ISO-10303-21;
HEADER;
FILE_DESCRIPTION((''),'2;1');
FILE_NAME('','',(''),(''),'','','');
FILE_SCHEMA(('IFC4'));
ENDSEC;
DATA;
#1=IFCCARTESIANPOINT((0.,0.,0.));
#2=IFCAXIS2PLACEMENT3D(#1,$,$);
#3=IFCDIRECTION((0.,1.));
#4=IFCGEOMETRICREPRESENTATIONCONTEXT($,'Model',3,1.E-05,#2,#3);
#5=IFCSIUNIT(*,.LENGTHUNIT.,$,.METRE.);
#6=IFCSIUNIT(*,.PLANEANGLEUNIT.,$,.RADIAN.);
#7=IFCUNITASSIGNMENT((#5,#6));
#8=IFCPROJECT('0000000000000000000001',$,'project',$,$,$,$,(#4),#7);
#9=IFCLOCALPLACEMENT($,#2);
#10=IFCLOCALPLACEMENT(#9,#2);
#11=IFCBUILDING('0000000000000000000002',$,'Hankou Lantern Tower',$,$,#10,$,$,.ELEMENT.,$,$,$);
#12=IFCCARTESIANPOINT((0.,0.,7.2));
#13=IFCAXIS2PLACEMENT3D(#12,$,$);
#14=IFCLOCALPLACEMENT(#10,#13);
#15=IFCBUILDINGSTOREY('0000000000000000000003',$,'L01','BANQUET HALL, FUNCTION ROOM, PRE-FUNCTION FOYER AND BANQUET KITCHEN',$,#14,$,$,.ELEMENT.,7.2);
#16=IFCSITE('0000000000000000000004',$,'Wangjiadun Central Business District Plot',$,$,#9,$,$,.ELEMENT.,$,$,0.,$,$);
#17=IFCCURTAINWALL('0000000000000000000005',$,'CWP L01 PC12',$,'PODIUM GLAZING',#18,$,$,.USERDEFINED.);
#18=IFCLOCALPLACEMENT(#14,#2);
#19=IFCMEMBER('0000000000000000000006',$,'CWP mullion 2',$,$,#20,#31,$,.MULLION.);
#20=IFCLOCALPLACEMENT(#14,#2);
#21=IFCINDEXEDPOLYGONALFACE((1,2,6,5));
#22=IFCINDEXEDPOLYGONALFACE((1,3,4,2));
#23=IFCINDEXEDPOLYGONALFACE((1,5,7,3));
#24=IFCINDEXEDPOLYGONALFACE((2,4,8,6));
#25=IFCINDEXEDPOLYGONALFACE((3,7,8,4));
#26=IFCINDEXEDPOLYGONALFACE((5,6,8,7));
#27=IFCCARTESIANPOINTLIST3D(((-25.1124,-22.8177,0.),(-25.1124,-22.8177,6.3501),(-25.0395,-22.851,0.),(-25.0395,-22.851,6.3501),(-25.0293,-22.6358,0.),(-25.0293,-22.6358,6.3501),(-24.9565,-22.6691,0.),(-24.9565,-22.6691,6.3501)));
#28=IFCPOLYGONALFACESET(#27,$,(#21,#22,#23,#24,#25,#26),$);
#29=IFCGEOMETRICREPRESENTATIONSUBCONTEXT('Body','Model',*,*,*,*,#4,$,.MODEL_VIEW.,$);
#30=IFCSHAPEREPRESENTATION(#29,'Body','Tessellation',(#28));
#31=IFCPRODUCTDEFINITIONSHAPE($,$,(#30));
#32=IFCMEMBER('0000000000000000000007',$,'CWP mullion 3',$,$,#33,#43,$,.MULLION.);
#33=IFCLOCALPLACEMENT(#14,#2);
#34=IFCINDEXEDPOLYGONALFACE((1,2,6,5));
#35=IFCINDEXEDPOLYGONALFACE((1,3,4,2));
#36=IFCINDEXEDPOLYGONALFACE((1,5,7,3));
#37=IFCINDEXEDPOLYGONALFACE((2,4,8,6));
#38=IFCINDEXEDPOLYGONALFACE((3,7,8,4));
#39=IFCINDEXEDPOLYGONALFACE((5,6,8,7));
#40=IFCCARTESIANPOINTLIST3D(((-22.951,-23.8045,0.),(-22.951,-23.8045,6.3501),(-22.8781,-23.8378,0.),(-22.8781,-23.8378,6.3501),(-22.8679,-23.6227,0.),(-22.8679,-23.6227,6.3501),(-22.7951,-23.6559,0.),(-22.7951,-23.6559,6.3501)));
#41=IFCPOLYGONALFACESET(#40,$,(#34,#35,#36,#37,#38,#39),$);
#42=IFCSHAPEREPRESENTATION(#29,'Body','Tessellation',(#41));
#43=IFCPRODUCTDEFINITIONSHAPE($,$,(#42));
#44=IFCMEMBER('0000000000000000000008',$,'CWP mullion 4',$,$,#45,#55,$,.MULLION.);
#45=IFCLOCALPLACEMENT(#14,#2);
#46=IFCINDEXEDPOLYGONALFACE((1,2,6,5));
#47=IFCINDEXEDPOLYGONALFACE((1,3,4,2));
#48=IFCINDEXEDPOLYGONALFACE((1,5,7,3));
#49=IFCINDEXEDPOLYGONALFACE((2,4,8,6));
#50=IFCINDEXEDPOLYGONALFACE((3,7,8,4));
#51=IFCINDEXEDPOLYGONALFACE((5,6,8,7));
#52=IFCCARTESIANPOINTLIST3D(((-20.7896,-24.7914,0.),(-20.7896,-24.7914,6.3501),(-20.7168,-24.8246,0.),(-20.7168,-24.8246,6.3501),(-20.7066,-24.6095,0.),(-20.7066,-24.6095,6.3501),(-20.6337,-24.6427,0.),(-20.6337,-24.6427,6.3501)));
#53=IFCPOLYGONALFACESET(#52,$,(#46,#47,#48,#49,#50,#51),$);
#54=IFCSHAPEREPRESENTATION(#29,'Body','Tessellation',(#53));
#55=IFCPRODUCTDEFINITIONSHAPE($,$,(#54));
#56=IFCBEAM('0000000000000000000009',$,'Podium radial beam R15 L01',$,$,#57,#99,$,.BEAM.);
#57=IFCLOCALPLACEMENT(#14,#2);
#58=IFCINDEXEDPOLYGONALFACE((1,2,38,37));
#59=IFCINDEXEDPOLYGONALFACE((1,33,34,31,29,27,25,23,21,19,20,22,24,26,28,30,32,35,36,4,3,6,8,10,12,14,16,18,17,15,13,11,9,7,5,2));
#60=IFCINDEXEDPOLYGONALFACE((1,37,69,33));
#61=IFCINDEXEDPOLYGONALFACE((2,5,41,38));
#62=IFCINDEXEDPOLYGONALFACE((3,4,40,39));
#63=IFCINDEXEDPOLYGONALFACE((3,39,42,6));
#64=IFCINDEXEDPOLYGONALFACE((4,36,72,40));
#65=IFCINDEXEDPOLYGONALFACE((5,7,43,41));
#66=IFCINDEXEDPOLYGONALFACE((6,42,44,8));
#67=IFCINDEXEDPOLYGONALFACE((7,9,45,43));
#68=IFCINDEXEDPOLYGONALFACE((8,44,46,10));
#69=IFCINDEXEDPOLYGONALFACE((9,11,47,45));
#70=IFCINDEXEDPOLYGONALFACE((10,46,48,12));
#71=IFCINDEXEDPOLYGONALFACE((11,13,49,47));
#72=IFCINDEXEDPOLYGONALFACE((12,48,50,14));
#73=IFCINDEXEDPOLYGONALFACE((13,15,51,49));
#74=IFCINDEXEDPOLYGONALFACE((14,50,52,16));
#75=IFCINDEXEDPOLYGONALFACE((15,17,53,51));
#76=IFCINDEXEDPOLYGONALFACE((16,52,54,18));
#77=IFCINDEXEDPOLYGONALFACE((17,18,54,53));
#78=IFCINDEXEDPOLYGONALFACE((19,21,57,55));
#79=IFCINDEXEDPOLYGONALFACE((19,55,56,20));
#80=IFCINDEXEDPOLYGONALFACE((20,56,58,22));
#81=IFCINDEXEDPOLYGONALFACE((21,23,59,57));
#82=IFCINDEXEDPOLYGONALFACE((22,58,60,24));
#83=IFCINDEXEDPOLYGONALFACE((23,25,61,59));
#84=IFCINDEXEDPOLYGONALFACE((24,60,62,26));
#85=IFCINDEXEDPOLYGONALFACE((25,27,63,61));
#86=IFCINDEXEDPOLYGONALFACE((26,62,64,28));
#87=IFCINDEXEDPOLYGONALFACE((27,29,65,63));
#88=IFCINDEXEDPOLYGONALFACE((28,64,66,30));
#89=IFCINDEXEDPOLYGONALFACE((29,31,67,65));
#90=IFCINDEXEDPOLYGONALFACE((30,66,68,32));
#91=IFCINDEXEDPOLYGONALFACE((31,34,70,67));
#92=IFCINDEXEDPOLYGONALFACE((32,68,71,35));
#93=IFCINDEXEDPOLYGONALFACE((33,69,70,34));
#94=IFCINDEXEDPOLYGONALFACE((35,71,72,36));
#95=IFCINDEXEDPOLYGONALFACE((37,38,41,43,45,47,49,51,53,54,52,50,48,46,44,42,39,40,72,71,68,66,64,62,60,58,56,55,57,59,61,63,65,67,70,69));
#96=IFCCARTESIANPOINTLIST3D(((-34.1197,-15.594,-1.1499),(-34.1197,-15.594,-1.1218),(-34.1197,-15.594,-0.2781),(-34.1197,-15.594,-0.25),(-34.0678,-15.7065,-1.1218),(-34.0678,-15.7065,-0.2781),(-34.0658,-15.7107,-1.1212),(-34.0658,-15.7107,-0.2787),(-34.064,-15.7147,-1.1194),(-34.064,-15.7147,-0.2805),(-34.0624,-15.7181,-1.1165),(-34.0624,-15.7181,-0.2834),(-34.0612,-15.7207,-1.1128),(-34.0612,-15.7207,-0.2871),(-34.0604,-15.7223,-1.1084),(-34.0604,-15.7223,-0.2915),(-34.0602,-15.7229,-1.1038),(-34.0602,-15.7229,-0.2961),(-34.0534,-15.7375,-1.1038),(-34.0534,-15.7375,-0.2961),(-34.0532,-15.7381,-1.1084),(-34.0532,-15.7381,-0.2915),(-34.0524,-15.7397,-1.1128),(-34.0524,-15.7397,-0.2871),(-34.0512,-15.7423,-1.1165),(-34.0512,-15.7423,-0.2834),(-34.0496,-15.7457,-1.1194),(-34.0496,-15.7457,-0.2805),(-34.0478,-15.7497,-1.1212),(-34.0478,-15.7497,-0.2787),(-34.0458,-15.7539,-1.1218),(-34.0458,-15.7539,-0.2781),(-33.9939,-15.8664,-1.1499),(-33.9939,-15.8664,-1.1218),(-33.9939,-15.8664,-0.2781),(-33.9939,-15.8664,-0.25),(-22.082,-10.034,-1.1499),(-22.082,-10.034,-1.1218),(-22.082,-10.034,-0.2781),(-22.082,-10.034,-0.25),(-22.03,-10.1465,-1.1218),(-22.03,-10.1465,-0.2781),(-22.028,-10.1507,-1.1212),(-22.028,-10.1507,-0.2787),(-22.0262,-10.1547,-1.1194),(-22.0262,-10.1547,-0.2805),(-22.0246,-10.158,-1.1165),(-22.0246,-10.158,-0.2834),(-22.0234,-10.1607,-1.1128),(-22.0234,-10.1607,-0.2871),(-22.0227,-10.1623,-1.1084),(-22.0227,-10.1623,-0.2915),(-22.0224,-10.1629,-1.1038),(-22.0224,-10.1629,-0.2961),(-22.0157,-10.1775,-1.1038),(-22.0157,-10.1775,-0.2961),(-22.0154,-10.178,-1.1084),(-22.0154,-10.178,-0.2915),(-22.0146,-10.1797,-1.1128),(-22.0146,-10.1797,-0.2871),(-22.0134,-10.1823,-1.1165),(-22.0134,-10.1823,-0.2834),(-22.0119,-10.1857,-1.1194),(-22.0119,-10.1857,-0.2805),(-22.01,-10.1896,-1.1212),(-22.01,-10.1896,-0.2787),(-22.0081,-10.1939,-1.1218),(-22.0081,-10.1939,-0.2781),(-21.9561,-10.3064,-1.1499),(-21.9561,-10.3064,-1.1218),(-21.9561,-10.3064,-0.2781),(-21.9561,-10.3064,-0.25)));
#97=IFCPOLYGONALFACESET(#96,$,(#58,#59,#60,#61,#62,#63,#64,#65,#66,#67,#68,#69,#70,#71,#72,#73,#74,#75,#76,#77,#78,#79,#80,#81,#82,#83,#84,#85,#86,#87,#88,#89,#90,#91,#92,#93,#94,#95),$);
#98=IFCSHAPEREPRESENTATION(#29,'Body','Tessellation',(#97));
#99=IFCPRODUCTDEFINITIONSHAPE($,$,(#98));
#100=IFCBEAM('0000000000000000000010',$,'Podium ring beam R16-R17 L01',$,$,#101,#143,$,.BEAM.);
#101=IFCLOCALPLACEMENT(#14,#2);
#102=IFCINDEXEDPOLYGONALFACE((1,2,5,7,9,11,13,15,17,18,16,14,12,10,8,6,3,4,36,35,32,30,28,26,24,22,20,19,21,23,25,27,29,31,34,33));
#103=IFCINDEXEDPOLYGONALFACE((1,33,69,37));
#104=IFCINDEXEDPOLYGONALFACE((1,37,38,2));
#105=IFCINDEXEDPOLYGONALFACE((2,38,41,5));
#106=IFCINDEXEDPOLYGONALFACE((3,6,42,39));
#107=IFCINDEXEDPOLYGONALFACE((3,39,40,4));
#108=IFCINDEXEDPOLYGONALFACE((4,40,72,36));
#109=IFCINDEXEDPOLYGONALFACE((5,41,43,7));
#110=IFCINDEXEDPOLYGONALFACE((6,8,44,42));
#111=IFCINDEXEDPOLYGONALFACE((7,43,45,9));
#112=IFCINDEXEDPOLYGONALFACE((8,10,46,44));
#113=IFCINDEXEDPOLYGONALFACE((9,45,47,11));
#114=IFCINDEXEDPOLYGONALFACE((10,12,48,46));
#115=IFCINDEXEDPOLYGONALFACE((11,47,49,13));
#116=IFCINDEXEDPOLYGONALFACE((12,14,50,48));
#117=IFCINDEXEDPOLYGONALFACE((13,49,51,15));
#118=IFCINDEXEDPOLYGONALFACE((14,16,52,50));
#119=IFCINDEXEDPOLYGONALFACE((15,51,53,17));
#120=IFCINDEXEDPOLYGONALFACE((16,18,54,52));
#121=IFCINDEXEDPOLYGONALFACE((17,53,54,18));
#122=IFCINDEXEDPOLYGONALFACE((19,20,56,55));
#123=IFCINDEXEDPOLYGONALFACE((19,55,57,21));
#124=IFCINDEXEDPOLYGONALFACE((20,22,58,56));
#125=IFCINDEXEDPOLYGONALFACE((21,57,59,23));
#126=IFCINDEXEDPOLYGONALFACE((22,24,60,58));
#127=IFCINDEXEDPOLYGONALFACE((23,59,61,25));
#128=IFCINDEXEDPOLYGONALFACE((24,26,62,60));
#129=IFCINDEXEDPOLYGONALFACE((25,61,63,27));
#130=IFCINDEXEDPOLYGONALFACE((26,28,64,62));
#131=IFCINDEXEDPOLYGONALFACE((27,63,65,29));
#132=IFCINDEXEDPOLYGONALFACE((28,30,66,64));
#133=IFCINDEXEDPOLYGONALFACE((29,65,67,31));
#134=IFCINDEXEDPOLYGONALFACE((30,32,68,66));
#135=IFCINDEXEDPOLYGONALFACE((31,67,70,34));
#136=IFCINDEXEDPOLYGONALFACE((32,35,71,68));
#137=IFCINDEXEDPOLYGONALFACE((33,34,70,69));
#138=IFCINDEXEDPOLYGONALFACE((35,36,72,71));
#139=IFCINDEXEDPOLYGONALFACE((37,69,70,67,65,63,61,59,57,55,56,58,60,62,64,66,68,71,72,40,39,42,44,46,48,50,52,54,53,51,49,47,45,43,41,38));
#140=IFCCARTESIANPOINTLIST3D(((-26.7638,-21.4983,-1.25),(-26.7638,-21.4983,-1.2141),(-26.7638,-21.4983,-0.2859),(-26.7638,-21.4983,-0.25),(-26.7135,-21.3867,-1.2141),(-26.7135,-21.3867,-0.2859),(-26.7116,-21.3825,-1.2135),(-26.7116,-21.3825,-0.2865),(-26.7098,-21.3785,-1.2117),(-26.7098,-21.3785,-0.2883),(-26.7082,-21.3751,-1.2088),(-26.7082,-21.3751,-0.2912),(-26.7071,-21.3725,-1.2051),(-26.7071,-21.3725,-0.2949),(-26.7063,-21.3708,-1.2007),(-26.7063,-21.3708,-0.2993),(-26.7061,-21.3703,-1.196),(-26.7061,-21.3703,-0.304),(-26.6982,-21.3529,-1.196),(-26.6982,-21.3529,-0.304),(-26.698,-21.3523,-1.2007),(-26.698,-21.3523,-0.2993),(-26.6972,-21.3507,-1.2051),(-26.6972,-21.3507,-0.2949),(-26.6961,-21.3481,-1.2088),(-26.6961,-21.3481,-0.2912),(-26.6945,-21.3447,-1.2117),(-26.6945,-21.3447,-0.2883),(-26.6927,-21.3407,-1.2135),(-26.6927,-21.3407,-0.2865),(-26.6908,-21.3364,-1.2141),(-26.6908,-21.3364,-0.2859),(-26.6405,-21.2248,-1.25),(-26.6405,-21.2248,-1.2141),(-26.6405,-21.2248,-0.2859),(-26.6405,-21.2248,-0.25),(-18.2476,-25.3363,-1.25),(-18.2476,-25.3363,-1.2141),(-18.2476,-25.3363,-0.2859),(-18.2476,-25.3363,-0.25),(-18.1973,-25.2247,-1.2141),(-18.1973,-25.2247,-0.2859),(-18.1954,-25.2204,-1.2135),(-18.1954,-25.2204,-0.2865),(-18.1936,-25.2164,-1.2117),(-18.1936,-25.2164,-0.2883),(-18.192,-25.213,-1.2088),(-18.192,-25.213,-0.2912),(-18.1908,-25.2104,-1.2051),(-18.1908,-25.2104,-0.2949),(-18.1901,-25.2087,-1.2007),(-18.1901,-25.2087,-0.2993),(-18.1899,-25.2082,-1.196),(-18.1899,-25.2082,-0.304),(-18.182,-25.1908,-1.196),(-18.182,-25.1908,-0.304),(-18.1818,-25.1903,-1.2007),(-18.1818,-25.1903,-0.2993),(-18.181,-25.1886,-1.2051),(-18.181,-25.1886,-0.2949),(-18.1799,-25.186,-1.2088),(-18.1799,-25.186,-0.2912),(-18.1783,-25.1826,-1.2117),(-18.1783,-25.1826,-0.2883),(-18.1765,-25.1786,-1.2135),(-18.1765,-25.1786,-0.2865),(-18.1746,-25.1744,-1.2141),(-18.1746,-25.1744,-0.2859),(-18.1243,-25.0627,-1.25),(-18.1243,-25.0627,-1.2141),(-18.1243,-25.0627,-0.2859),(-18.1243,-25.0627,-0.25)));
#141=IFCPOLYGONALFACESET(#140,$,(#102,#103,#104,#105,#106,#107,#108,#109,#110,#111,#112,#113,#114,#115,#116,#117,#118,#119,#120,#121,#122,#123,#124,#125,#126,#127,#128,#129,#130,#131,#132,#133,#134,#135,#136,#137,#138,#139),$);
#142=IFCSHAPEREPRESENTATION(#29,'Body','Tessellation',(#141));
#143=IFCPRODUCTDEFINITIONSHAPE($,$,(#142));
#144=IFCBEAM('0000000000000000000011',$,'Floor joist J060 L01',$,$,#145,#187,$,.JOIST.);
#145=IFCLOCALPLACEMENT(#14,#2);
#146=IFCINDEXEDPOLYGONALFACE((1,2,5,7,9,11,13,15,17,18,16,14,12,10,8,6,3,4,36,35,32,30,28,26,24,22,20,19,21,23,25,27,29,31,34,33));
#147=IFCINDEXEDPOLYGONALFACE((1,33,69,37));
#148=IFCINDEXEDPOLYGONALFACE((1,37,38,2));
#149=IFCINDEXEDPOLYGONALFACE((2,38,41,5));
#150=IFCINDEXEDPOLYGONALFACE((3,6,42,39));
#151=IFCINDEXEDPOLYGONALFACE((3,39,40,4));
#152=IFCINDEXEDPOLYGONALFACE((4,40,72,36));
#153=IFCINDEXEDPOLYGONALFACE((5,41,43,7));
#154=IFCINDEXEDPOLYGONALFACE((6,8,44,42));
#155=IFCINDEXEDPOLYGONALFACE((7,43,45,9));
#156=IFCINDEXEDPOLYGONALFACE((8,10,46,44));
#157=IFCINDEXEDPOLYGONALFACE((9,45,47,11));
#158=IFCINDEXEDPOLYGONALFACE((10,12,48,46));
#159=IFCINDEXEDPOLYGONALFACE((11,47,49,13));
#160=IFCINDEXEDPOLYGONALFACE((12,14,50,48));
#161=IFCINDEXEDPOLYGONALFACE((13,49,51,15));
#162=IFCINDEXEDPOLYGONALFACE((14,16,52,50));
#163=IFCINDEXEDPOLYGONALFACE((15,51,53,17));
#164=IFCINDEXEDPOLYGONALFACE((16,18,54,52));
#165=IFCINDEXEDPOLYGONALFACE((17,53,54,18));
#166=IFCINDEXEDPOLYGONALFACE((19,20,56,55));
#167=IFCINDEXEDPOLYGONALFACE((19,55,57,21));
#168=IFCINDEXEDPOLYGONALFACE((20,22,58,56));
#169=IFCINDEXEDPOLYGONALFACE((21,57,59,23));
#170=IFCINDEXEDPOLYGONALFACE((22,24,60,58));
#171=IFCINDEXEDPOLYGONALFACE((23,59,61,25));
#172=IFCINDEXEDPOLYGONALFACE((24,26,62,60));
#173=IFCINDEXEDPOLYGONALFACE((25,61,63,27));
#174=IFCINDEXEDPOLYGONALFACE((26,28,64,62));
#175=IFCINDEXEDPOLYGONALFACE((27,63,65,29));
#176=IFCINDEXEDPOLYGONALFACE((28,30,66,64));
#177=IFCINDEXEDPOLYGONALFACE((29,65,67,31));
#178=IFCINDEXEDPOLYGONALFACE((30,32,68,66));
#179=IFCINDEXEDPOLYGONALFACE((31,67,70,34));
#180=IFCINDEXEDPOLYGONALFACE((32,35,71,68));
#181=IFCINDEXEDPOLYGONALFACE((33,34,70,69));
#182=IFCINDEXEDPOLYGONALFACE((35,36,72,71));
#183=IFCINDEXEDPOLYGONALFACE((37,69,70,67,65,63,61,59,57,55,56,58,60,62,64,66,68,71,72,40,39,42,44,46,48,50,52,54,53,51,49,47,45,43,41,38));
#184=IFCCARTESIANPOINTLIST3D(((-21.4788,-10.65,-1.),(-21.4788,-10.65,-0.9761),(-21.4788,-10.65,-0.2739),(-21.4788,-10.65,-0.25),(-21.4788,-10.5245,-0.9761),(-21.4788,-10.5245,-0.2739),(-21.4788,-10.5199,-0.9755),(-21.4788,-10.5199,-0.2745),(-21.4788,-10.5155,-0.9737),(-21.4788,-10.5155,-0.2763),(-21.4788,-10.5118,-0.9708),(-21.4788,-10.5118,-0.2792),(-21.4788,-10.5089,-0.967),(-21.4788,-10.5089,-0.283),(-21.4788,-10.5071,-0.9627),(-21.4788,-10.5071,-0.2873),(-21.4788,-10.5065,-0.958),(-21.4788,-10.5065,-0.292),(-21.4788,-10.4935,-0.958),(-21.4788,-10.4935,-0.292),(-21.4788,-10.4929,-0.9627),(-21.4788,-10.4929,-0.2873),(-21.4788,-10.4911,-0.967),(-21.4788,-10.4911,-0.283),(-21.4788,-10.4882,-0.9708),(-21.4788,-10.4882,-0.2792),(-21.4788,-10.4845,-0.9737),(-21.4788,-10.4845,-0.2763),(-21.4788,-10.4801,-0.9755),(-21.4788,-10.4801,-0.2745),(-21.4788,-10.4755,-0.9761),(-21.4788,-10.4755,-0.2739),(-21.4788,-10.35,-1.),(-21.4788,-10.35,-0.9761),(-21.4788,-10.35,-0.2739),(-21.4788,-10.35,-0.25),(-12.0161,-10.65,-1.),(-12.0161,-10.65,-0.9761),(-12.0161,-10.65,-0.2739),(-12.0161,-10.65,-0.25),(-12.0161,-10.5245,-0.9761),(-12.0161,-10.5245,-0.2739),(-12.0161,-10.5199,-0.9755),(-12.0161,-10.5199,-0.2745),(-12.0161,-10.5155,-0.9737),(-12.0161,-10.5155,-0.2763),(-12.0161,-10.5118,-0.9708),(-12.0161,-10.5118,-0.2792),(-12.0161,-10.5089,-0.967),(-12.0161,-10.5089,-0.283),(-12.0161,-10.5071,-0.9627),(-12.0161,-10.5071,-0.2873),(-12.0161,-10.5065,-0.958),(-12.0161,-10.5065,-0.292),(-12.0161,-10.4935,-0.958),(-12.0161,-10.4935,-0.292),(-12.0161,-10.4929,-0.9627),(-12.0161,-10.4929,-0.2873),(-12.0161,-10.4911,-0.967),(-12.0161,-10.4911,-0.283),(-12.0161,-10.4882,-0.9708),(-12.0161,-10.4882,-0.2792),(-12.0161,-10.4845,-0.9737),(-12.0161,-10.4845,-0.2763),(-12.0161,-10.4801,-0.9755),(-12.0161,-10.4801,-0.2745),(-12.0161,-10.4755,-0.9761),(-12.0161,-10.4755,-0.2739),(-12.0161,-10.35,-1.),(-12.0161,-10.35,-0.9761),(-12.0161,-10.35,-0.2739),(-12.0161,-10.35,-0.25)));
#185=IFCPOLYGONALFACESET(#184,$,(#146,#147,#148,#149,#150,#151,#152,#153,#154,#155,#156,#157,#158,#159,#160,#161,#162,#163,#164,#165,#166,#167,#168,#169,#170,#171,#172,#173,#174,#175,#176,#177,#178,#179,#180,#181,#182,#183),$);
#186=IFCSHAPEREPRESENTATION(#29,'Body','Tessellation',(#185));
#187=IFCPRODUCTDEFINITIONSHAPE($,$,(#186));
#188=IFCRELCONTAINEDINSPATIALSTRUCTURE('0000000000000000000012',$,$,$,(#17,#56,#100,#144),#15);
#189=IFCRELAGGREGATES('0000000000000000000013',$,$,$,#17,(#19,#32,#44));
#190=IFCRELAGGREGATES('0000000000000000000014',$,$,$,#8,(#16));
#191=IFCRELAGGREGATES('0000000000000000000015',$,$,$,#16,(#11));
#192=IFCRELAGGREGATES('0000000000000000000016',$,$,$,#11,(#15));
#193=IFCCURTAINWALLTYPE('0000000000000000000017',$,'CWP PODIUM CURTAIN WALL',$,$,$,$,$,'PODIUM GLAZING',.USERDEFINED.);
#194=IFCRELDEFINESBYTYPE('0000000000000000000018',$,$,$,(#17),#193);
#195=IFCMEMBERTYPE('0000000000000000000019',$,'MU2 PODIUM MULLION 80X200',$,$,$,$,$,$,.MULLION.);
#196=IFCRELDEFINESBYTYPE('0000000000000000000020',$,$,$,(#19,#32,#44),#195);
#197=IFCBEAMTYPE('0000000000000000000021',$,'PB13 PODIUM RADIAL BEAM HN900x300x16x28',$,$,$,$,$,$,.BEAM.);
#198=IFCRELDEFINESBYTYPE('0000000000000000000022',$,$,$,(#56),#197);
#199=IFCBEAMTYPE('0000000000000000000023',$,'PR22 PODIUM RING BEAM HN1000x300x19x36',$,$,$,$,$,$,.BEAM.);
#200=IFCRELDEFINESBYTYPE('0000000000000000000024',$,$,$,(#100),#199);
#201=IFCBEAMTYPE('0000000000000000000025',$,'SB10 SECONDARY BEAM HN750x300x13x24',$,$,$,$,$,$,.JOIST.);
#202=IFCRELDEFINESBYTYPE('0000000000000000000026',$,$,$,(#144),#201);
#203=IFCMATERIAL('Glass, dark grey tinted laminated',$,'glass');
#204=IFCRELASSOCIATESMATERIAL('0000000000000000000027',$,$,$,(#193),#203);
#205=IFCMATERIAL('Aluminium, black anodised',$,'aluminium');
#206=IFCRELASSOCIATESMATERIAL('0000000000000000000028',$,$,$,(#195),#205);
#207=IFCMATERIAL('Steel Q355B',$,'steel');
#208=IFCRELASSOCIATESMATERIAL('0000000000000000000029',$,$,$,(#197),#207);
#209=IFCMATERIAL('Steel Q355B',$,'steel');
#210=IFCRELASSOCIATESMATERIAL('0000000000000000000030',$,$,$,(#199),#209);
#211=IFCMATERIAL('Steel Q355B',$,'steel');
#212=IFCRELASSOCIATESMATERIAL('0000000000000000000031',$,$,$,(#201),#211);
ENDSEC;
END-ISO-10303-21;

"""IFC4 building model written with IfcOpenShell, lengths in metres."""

from ifc_helpers import new_model, si_unit, direction, frame, origin, origin_2d, place, context, subcontext, project, spatial, rectangle, i_section, extrude, material, material_profile, profile_set, type_object, element, aggregate, save


model = new_model("IFC4")

# Units and contexts
model_context = context("Model", 3, precision=1e-05, world=origin(), true_north=direction((0.0, 1.0)))
body_context = subcontext(model_context, "Body", "Model", "MODEL_VIEW")
ifc_project = project(units=[si_unit("LENGTHUNIT", "METRE"), si_unit("PLANEANGLEUNIT", "RADIAN")], contexts=[model_context])

# Site, building, storey
site_placement = place(None, origin())
site = spatial("IfcSite", under=ifc_project, at=site_placement, Name="Wangjiadun Central Business District Plot", CompositionType="ELEMENT", RefElevation=0.0)
building_placement = place(site_placement, origin())
building = spatial("IfcBuilding", under=site, at=building_placement, Name="Hankou Lantern Tower", CompositionType="ELEMENT")
storey_placement = place(building_placement, frame((0.0, 0.0, 7.2)))
storey = spatial("IfcBuildingStorey", under=building, at=storey_placement, Name="L01", Description="BANQUET HALL, FUNCTION ROOM, PRE-FUNCTION FOYER AND BANQUET KITCHEN", CompositionType="ELEMENT", Elevation=7.2)

# Shared definitions
ifc_material_1 = material(Name="Glass, dark grey tinted laminated", Category="glass")
curtain_wall_type = type_object("IfcCurtainWallType", Name="CWP PODIUM CURTAIN WALL", ElementType="PODIUM GLAZING", PredefinedType="USERDEFINED", material=ifc_material_1)
ifc_material_2 = material(Name="Aluminium, black anodised", Category="aluminium")
ifc_material_profile_1 = material_profile(ifc_material_2, rectangle(XDim=0.0801, YDim=0.2, at=origin_2d()), Name="MU2 80X200")
ifc_profile_set_1 = profile_set([ifc_material_profile_1], Name="Aluminium, black anodised")
member_type_1 = type_object("IfcMemberType", Name="MU2 PODIUM MULLION 80X200", PredefinedType="MULLION", material=ifc_profile_set_1)

# Curtain wall, members
curtain_wall_1_placement = place(storey_placement, origin())
curtain_wall_1 = element("IfcCurtainWall", 1, at=curtain_wall_1_placement, inside=storey, type_object=curtain_wall_type, Name="CWP L01 PC12", ObjectType="PODIUM GLAZING", PredefinedType="USERDEFINED")
member_1_placement = place(storey_placement, frame((-25.0344, -22.7434, 0.0), z_axis=(0.0, 0.0, 1.0), x_axis=(0.90967, -0.415332, 0.0)))
member_1 = element("IfcMember", 2, at=member_1_placement, type_object=member_type_1, Name="CWP mullion 2", PredefinedType="MULLION", context=body_context, shape_type="SweptSolid", body=[
    extrude(rectangle(XDim=0.0801, YDim=0.2, at=origin_2d()), origin(), (0.0, 0.0, 1.0), 6.3501),
])
member_2_placement = place(storey_placement, frame((-22.873, -23.7302, 0.0), z_axis=(0.0, 0.0, 1.0), x_axis=(0.90967, -0.415332, 0.0)))
member_2 = element("IfcMember", 3, at=member_2_placement, type_object=member_type_1, Name="CWP mullion 3", PredefinedType="MULLION", context=body_context, shape_type="SweptSolid", body=[
    extrude(rectangle(XDim=0.0801, YDim=0.2, at=origin_2d()), origin(), (0.0, 0.0, 1.0), 6.3501),
])
member_3_placement = place(storey_placement, frame((-20.7117, -24.717, 0.0), z_axis=(0.0, 0.0, 1.0), x_axis=(0.90967, -0.415332, 0.0)))
member_3 = element("IfcMember", 4, at=member_3_placement, type_object=member_type_1, Name="CWP mullion 4", PredefinedType="MULLION", context=body_context, shape_type="SweptSolid", body=[
    extrude(rectangle(XDim=0.0801, YDim=0.2, at=origin_2d()), origin(), (0.0, 0.0, 1.0), 6.3501),
])

# Beams
ifc_material_3 = material(Name="Steel Q355B", Category="steel")
ifc_material_profile_2 = material_profile(ifc_material_3, i_section(OverallWidth=0.3, OverallDepth=0.8999, WebThickness=0.0161, FlangeThickness=0.0281, FilletRadius=0.0181, at=origin_2d()), Name="HN900x300x16x28")
ifc_profile_set_2 = profile_set([ifc_material_profile_2], Name="Steel Q355B")
beam_type_1 = type_object("IfcBeamType", Name="PB13 PODIUM RADIAL BEAM HN900x300x16x28", PredefinedType="BEAM", material=ifc_profile_set_2)
beam_1_placement = place(storey_placement, frame((-22.019, -10.1702, -0.7), z_axis=(-0.907841, -0.419315, 0.0), x_axis=(0.419315, -0.907841, 0.0)))
element("IfcBeam", 5, at=beam_1_placement, inside=storey, type_object=beam_type_1, Name="Podium radial beam R15 L01", PredefinedType="BEAM", context=body_context, shape_type="SweptSolid", body=[
    extrude(i_section(OverallWidth=0.3, OverallDepth=0.8999, WebThickness=0.0161, FlangeThickness=0.0281, FilletRadius=0.0181, at=origin_2d()), origin(), (0.0, 0.0, 1.0), 13.2598),
])
ifc_material_4 = material(Name="Steel Q355B", Category="steel")
ifc_material_profile_3 = material_profile(ifc_material_4, i_section(OverallWidth=0.3, OverallDepth=1.0, WebThickness=0.019, FlangeThickness=0.0359, FilletRadius=0.0181, at=origin_2d()), Name="HN1000x300x19x36")
ifc_profile_set_3 = profile_set([ifc_material_profile_3], Name="Steel Q355B")
beam_type_2 = type_object("IfcBeamType", Name="PR22 PODIUM RING BEAM HN1000x300x19x36", PredefinedType="BEAM", material=ifc_profile_set_3)
beam_2_placement = place(storey_placement, frame((-26.7021, -21.3616, -0.75), z_axis=(0.911695, -0.410867, 0.0), x_axis=(0.410867, 0.911695, 0.0)))
element("IfcBeam", 6, at=beam_2_placement, inside=storey, type_object=beam_type_2, Name="Podium ring beam R16-R17 L01", PredefinedType="BEAM", context=body_context, shape_type="SweptSolid", body=[
    extrude(i_section(OverallWidth=0.3, OverallDepth=1.0, WebThickness=0.019, FlangeThickness=0.0359, FilletRadius=0.0181, at=origin_2d()), origin(), (0.0, 0.0, 1.0), 9.3411),
])
ifc_material_5 = material(Name="Steel Q355B", Category="steel")
ifc_material_profile_4 = material_profile(ifc_material_5, i_section(OverallWidth=0.3, OverallDepth=0.75, WebThickness=0.0129, FlangeThickness=0.0239, FilletRadius=0.0181, at=origin_2d()), Name="HN750x300x13x24")
ifc_profile_set_4 = profile_set([ifc_material_profile_4], Name="Steel Q355B")
beam_type_3 = type_object("IfcBeamType", Name="SB10 SECONDARY BEAM HN750x300x13x24", PredefinedType="JOIST", material=ifc_profile_set_4)
beam_3_placement = place(storey_placement, frame((-21.4788, -10.5, -0.625), z_axis=(1.0, 0.0, 0.0), x_axis=(0.0, 1.0, 0.0)))
element("IfcBeam", 7, at=beam_3_placement, inside=storey, type_object=beam_type_3, Name="Floor joist J060 L01", PredefinedType="JOIST", context=body_context, shape_type="SweptSolid", body=[
    extrude(i_section(OverallWidth=0.3, OverallDepth=0.75, WebThickness=0.0129, FlangeThickness=0.0239, FilletRadius=0.0181, at=origin_2d()), origin(), (0.0, 0.0, 1.0), 9.4626),
])

aggregate(curtain_wall_1, [member_1, member_2, member_3])

save(model, "model.ifc")
